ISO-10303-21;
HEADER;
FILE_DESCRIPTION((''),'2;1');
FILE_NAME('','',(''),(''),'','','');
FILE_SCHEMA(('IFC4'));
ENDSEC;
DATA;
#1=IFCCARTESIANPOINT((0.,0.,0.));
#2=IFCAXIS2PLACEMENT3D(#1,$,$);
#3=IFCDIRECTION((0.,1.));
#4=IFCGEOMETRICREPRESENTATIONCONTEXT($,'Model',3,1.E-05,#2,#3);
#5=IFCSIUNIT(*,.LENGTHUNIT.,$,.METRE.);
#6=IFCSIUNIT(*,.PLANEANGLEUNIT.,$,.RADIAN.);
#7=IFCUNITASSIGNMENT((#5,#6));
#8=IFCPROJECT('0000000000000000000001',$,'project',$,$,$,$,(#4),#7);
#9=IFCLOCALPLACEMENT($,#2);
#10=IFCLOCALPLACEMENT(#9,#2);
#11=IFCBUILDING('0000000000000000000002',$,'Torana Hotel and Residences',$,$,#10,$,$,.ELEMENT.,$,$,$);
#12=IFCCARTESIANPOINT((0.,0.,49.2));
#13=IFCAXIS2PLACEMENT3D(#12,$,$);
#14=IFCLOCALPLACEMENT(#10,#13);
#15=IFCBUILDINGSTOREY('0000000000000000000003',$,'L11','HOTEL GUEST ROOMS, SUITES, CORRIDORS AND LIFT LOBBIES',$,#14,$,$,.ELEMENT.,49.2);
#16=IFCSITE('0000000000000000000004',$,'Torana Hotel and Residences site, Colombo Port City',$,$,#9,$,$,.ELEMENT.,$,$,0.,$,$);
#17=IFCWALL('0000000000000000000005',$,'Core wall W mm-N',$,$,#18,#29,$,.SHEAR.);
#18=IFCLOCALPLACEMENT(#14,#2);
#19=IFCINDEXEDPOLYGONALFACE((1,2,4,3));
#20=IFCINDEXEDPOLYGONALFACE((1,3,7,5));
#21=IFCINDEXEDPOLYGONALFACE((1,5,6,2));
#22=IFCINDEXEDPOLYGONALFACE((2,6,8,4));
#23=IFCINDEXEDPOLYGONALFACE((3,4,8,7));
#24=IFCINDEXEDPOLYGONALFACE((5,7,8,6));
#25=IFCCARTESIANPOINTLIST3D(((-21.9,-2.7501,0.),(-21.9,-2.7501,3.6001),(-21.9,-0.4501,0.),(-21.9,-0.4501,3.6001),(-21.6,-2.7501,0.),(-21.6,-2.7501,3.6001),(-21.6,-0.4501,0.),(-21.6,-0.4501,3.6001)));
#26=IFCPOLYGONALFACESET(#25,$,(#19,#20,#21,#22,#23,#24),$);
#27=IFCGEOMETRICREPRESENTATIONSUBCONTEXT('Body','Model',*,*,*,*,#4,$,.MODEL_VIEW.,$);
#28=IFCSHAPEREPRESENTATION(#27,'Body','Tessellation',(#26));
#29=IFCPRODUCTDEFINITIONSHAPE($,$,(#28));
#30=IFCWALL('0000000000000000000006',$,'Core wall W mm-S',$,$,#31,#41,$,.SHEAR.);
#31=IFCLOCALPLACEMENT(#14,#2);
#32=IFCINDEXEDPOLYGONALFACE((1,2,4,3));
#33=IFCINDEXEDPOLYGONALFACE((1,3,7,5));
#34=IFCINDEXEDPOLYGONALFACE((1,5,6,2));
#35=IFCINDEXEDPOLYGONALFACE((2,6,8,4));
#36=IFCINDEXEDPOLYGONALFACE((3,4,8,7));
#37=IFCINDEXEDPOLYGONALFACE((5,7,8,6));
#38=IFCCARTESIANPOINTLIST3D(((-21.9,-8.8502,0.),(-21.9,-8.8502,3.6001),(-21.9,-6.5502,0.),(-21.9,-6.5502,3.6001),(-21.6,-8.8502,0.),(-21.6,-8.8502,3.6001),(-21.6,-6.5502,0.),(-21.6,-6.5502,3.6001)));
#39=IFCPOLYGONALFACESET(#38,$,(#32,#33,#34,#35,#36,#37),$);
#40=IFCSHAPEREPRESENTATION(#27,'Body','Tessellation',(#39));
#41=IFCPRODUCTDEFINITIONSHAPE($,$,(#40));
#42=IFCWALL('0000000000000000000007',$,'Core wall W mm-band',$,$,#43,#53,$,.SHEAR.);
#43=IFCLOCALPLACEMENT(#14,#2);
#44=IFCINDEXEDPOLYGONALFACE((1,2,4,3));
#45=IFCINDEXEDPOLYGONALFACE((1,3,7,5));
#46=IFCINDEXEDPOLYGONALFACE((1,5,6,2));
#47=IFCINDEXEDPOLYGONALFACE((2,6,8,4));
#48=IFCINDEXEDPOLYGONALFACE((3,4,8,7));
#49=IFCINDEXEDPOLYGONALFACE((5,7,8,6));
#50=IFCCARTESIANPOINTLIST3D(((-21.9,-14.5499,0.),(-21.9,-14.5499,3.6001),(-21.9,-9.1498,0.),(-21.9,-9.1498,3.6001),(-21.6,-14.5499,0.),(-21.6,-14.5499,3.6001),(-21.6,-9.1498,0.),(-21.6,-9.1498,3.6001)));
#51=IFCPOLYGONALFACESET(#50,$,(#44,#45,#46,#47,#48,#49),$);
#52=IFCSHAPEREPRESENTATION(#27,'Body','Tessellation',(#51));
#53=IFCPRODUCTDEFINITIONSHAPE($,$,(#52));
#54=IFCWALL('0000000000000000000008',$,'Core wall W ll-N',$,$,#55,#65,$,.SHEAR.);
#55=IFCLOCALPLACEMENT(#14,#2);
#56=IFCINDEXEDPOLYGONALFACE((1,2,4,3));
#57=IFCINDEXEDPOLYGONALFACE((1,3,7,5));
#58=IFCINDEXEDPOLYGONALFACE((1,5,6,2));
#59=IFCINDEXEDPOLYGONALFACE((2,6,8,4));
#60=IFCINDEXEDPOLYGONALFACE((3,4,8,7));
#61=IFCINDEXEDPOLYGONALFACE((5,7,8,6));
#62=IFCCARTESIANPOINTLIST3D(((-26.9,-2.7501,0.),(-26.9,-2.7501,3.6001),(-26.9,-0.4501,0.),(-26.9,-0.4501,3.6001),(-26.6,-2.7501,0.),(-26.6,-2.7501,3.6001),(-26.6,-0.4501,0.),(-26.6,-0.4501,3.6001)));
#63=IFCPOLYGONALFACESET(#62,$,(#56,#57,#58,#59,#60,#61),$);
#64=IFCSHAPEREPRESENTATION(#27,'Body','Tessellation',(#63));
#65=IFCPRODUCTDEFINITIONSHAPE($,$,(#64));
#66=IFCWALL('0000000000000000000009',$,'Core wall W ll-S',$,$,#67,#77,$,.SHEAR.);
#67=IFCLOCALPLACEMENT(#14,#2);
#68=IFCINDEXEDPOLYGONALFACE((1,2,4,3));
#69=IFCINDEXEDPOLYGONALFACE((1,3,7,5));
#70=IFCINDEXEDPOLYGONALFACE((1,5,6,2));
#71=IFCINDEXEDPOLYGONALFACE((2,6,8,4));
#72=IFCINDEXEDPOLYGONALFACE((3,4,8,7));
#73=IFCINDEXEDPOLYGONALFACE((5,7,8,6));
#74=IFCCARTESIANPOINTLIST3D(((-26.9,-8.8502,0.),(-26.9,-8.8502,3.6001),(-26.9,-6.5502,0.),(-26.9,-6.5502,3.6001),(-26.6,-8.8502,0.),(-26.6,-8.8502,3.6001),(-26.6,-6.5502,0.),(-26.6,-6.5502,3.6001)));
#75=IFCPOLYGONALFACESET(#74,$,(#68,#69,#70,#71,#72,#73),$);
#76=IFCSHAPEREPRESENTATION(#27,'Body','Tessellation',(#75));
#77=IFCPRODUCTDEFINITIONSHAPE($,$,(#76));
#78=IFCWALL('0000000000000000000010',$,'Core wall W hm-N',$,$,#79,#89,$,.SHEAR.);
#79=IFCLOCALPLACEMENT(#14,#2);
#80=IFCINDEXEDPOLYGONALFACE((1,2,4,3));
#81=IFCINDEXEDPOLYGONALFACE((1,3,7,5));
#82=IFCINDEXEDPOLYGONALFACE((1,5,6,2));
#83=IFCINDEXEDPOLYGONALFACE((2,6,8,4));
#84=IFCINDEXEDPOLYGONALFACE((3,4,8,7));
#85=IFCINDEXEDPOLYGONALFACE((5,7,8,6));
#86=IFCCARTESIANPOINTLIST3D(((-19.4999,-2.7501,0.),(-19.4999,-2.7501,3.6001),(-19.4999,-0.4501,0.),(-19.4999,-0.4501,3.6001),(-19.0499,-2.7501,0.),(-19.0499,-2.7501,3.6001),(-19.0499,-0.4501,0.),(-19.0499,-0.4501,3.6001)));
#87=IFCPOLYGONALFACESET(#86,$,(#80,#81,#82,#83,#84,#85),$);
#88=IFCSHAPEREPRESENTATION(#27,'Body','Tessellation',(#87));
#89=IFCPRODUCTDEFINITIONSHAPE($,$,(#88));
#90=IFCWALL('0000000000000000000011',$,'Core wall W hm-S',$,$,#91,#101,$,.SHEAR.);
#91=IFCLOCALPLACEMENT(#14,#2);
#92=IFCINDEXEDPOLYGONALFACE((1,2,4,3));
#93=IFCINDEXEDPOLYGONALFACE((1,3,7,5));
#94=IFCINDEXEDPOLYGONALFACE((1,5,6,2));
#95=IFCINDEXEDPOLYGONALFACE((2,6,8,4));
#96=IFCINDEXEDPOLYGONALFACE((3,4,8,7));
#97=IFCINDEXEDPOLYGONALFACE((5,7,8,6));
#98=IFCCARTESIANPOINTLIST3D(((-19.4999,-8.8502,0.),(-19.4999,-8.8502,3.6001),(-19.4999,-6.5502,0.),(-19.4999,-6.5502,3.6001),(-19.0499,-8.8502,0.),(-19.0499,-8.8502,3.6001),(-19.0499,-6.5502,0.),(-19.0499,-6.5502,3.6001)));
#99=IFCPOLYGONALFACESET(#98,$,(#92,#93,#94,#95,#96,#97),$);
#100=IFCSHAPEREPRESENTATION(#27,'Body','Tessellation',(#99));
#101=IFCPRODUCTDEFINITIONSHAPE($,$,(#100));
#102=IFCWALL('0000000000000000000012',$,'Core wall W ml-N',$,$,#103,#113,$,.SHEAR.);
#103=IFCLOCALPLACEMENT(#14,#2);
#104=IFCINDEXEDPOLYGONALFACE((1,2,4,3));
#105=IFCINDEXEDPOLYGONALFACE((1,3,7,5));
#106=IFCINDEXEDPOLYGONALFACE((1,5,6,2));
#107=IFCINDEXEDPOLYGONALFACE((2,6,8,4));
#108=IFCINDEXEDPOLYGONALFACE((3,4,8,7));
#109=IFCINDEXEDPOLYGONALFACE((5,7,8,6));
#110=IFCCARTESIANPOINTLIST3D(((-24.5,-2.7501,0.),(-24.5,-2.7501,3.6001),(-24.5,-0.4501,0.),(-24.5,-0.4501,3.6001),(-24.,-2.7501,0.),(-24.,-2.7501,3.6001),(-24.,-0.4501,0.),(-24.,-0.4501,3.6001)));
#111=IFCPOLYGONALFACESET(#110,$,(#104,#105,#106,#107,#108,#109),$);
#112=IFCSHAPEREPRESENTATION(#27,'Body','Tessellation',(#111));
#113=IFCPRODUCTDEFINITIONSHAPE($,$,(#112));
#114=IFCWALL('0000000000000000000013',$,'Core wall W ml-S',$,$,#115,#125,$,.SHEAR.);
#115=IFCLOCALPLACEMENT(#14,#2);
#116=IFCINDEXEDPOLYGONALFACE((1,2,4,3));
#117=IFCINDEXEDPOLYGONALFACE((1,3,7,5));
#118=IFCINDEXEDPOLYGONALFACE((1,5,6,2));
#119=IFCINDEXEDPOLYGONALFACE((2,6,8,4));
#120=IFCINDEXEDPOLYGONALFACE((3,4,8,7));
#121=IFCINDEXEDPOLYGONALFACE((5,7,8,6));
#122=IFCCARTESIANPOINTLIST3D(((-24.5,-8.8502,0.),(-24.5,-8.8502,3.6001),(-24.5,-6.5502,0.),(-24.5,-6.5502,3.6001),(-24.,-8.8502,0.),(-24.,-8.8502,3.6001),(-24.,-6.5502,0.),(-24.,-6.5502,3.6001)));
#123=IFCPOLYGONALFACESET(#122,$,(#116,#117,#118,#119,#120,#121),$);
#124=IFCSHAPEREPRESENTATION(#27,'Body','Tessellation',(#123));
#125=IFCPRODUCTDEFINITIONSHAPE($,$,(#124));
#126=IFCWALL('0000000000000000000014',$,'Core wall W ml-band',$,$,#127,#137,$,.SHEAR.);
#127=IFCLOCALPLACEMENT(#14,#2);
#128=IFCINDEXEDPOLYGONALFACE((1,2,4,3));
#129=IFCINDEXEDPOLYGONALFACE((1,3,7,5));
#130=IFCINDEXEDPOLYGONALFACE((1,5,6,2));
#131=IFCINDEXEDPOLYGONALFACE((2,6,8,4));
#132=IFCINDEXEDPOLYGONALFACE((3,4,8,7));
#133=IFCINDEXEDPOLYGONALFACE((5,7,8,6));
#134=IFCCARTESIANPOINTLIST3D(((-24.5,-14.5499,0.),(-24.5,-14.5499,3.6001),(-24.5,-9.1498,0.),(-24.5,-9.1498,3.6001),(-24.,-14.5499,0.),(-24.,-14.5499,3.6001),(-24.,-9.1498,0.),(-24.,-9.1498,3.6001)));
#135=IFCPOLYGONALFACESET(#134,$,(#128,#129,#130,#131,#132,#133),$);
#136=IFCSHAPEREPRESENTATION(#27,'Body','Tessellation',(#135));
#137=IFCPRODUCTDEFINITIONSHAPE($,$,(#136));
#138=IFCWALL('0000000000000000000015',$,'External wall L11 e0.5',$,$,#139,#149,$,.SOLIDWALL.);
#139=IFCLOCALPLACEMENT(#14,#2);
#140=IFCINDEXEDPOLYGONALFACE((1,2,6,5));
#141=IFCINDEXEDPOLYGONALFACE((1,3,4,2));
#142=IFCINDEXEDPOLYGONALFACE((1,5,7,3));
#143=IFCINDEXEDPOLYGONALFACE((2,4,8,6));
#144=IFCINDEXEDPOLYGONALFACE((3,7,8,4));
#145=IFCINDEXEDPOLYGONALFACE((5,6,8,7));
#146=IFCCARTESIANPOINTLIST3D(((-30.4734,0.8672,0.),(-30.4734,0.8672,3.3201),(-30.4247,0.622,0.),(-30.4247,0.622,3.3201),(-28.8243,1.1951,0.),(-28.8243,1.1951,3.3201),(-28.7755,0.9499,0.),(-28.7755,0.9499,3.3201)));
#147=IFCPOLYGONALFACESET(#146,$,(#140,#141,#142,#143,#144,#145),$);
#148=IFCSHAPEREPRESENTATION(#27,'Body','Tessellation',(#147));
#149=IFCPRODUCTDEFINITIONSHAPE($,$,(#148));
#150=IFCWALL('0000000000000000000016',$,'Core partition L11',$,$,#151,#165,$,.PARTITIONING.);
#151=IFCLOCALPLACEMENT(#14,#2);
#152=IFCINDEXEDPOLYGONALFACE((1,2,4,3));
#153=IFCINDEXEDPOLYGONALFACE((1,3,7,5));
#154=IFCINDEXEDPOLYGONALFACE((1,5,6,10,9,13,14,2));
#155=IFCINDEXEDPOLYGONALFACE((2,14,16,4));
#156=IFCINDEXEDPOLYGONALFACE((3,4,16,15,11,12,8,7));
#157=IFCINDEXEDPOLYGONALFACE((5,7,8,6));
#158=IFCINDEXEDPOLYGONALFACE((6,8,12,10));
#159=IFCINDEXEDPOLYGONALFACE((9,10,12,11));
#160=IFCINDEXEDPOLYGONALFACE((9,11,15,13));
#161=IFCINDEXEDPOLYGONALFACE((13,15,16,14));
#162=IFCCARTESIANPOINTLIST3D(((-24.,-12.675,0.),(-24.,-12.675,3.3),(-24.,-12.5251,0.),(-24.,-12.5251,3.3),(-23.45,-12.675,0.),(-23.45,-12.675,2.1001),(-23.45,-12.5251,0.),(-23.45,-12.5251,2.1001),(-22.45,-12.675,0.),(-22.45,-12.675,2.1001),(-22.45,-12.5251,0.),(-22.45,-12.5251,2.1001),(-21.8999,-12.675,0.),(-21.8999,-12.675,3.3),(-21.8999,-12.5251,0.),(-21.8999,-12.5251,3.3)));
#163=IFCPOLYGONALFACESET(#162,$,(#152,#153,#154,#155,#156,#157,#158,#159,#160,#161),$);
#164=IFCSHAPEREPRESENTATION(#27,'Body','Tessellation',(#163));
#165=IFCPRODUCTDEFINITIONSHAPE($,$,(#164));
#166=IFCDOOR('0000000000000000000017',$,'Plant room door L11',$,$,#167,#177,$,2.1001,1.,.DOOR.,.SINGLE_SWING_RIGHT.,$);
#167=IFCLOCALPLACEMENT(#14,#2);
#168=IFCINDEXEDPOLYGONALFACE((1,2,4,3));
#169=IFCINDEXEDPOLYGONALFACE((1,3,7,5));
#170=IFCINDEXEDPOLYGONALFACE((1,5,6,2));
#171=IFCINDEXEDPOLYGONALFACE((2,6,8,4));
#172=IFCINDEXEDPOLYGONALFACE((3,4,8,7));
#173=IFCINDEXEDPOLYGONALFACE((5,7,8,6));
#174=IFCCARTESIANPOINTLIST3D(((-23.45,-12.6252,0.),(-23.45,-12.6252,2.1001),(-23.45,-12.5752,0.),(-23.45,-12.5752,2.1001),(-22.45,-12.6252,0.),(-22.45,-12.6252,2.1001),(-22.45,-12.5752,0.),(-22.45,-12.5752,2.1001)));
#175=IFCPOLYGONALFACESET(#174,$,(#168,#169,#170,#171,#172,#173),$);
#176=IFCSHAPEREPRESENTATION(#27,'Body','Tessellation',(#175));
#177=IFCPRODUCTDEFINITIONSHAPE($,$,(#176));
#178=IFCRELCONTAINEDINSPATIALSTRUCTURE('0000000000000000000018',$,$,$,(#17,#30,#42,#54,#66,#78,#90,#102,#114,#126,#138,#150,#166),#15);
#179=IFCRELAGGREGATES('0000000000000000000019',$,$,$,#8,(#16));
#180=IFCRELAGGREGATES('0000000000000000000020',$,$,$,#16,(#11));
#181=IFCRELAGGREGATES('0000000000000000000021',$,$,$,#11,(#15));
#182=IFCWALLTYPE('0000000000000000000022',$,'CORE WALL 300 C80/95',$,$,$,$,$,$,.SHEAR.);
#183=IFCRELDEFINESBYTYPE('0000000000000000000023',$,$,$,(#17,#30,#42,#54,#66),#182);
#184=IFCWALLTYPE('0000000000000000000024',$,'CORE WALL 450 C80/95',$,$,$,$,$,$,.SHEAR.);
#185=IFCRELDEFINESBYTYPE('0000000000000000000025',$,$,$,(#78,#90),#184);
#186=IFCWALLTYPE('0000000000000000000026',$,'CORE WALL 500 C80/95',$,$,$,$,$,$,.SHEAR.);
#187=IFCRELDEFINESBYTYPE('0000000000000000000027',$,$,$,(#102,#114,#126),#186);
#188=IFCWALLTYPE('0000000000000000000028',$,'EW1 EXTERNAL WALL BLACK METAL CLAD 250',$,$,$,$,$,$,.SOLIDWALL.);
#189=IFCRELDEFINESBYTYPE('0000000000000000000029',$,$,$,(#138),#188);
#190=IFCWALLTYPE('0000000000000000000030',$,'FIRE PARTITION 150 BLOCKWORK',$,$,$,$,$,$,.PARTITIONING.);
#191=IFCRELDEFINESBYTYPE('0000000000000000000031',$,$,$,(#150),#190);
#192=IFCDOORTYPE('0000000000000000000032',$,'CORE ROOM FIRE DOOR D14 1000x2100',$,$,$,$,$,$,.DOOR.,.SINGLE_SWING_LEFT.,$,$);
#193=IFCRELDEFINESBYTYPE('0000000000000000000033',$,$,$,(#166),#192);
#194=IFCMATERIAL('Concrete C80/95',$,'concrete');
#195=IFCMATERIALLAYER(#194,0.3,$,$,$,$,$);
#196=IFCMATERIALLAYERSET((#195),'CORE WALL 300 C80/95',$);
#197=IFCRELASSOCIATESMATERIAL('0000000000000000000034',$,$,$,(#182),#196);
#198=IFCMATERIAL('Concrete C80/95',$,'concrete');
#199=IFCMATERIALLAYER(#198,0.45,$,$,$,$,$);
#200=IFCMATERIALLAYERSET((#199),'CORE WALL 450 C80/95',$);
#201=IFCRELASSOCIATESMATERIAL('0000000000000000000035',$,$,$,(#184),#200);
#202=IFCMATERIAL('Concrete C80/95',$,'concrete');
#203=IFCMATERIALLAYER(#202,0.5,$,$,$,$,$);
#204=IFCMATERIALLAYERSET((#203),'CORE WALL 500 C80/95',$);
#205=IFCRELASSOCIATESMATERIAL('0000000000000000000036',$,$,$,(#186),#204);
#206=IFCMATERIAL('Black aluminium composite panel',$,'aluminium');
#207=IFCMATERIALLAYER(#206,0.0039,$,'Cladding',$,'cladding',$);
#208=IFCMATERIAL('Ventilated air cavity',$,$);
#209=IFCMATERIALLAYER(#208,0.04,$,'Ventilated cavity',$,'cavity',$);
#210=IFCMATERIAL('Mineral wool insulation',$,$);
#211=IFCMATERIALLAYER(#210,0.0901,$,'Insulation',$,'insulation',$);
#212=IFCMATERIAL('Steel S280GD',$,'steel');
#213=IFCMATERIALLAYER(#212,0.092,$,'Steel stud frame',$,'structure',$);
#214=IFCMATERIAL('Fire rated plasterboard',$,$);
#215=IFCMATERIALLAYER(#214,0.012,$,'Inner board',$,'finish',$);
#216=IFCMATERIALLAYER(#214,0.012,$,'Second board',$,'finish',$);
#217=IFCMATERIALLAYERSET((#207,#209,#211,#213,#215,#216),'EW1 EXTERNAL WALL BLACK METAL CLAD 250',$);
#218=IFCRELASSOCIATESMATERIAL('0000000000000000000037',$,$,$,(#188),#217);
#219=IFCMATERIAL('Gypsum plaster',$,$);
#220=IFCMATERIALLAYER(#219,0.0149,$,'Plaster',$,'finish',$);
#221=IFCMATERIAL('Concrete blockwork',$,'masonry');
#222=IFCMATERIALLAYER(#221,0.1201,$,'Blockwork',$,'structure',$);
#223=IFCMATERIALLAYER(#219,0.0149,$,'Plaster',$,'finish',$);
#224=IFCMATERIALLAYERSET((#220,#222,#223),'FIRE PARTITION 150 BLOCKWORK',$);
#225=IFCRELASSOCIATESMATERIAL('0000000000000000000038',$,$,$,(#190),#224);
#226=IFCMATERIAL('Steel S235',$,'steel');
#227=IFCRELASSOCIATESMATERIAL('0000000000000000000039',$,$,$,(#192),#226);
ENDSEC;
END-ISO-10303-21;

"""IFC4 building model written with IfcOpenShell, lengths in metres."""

from ifc_helpers import new_model, si_unit, direction, frame, frame_2d, origin, place, context, subcontext, project, spatial, rectangle, extrude, material, layer, layer_set, type_object, element, fill, save


model = new_model("IFC4")

# Units and contexts
model_context = context("Model", 3, precision=1e-05, world=origin(), true_north=direction((0.0, 1.0)))
body_context = subcontext(model_context, "Body", "Model", "MODEL_VIEW")
ifc_project = project(units=[si_unit("LENGTHUNIT", "METRE"), si_unit("PLANEANGLEUNIT", "RADIAN")], contexts=[model_context])

# Site, building, storey
site_placement = place(None, origin())
site = spatial("IfcSite", under=ifc_project, at=site_placement, Name="Torana Hotel and Residences site, Colombo Port City", CompositionType="ELEMENT", RefElevation=0.0)
building_placement = place(site_placement, origin())
building = spatial("IfcBuilding", under=site, at=building_placement, Name="Torana Hotel and Residences", CompositionType="ELEMENT")
storey_placement = place(building_placement, frame((0.0, 0.0, 49.2)))
storey = spatial("IfcBuildingStorey", under=building, at=storey_placement, Name="L11", Description="HOTEL GUEST ROOMS, SUITES, CORRIDORS AND LIFT LOBBIES", CompositionType="ELEMENT", Elevation=49.2)

# Walls
ifc_material_1 = material(Name="Concrete C80/95", Category="concrete")
ifc_layer_1 = layer(ifc_material_1, 0.3)
ifc_layer_set_1 = layer_set([ifc_layer_1], Name="CORE WALL 300 C80/95")
wall_type_1 = type_object("IfcWallType", Name="CORE WALL 300 C80/95", PredefinedType="SHEAR", material=ifc_layer_set_1)
for number, where, z_axis, x_axis, name in (
    (1, (-21.75, -2.75, 0.0), (0.0, 0.0, 1.0), (0.0, 1.0, 0.0), "Core wall W mm-N"),
    (2, (-21.75, -8.8501, 0.0), (0.0, 0.0, 1.0), (0.0, 1.0, 0.0), "Core wall W mm-S"),
):
    element("IfcWall", number, at=place(storey_placement, frame(where, z_axis=z_axis, x_axis=x_axis)), inside=storey, type_object=wall_type_1, Name=name, PredefinedType="SHEAR", context=body_context, shape_type="SweptSolid", body=[
        extrude(rectangle(XDim=2.3, YDim=0.3, at=frame_2d((1.1499, 0.0))), origin(), (0.0, 0.0, 1.0), 3.6001),
    ])
wall_1_placement = place(storey_placement, frame((-21.75, -14.55, 0.0), z_axis=(0.0, 0.0, 1.0), x_axis=(0.0, 1.0, 0.0)))
element("IfcWall", 3, at=wall_1_placement, inside=storey, type_object=wall_type_1, Name="Core wall W mm-band", PredefinedType="SHEAR", context=body_context, shape_type="SweptSolid", body=[
    extrude(rectangle(XDim=5.4001, YDim=0.3, at=frame_2d((2.7002, 0.0))), origin(), (0.0, 0.0, 1.0), 3.6001),
])
for number, where, z_axis, x_axis, name in (
    (4, (-26.75, -2.75, 0.0), (0.0, 0.0, 1.0), (0.0, 1.0, 0.0), "Core wall W ll-N"),
    (5, (-26.75, -8.8501, 0.0), (0.0, 0.0, 1.0), (0.0, 1.0, 0.0), "Core wall W ll-S"),
):
    element("IfcWall", number, at=place(storey_placement, frame(where, z_axis=z_axis, x_axis=x_axis)), inside=storey, type_object=wall_type_1, Name=name, PredefinedType="SHEAR", context=body_context, shape_type="SweptSolid", body=[
        extrude(rectangle(XDim=2.3, YDim=0.3, at=frame_2d((1.1499, 0.0))), origin(), (0.0, 0.0, 1.0), 3.6001),
    ])
ifc_material_2 = material(Name="Concrete C80/95", Category="concrete")
ifc_layer_2 = layer(ifc_material_2, 0.45)
ifc_layer_set_2 = layer_set([ifc_layer_2], Name="CORE WALL 450 C80/95")
wall_type_2 = type_object("IfcWallType", Name="CORE WALL 450 C80/95", PredefinedType="SHEAR", material=ifc_layer_set_2)
for number, where, z_axis, x_axis, name in (
    (6, (-19.2749, -2.75, 0.0), (0.0, 0.0, 1.0), (0.0, 1.0, 0.0), "Core wall W hm-N"),
    (7, (-19.2749, -8.8501, 0.0), (0.0, 0.0, 1.0), (0.0, 1.0, 0.0), "Core wall W hm-S"),
):
    element("IfcWall", number, at=place(storey_placement, frame(where, z_axis=z_axis, x_axis=x_axis)), inside=storey, type_object=wall_type_2, Name=name, PredefinedType="SHEAR", context=body_context, shape_type="SweptSolid", body=[
        extrude(rectangle(XDim=2.3, YDim=0.45, at=frame_2d((1.1499, 0.0))), origin(), (0.0, 0.0, 1.0), 3.6001),
    ])
ifc_material_3 = material(Name="Concrete C80/95", Category="concrete")
ifc_layer_3 = layer(ifc_material_3, 0.5)
ifc_layer_set_3 = layer_set([ifc_layer_3], Name="CORE WALL 500 C80/95")
wall_type_3 = type_object("IfcWallType", Name="CORE WALL 500 C80/95", PredefinedType="SHEAR", material=ifc_layer_set_3)
for number, where, z_axis, x_axis, name in (
    (8, (-24.25, -2.75, 0.0), (0.0, 0.0, 1.0), (0.0, 1.0, 0.0), "Core wall W ml-N"),
    (9, (-24.25, -8.8501, 0.0), (0.0, 0.0, 1.0), (0.0, 1.0, 0.0), "Core wall W ml-S"),
):
    element("IfcWall", number, at=place(storey_placement, frame(where, z_axis=z_axis, x_axis=x_axis)), inside=storey, type_object=wall_type_3, Name=name, PredefinedType="SHEAR", context=body_context, shape_type="SweptSolid", body=[
        extrude(rectangle(XDim=2.3, YDim=0.5, at=frame_2d((1.1499, 0.0))), origin(), (0.0, 0.0, 1.0), 3.6001),
    ])
wall_2_placement = place(storey_placement, frame((-24.25, -14.55, 0.0), z_axis=(0.0, 0.0, 1.0), x_axis=(0.0, 1.0, 0.0)))
element("IfcWall", 10, at=wall_2_placement, inside=storey, type_object=wall_type_3, Name="Core wall W ml-band", PredefinedType="SHEAR", context=body_context, shape_type="SweptSolid", body=[
    extrude(rectangle(XDim=5.4001, YDim=0.5, at=frame_2d((2.7002, 0.0))), origin(), (0.0, 0.0, 1.0), 3.6001),
])
ifc_material_4 = material(Name="Black aluminium composite panel", Category="aluminium")
ifc_layer_4 = layer(ifc_material_4, 0.0039, Name="Cladding", Category="cladding")
ifc_material_5 = material(Name="Ventilated air cavity")
ifc_layer_5 = layer(ifc_material_5, 0.04, Name="Ventilated cavity", Category="cavity")
ifc_material_6 = material(Name="Mineral wool insulation")
ifc_layer_6 = layer(ifc_material_6, 0.0901, Name="Insulation", Category="insulation")
ifc_material_7 = material(Name="Steel S280GD", Category="steel")
ifc_layer_7 = layer(ifc_material_7, 0.092, Name="Steel stud frame", Category="structure")
ifc_material_8 = material(Name="Fire rated plasterboard")
ifc_layer_8 = layer(ifc_material_8, 0.012, Name="Inner board", Category="finish")
ifc_layer_9 = layer(ifc_material_8, 0.012, Name="Second board", Category="finish")
ifc_layer_set_4 = layer_set([ifc_layer_4, ifc_layer_5, ifc_layer_6, ifc_layer_7, ifc_layer_8, ifc_layer_9], Name="EW1 EXTERNAL WALL BLACK METAL CLAD 250")
wall_type_4 = type_object("IfcWallType", Name="EW1 EXTERNAL WALL BLACK METAL CLAD 250", PredefinedType="SOLIDWALL", material=ifc_layer_set_4)
wall_3_placement = place(storey_placement, frame((-28.7998, 1.0725, 0.0), z_axis=(0.0, 0.0, 1.0), x_axis=(-0.980803, -0.194999, 0.0)))
element("IfcWall", 11, at=wall_3_placement, inside=storey, type_object=wall_type_4, Name="External wall L11 e0.5", PredefinedType="SOLIDWALL", context=body_context, shape_type="SweptSolid", body=[
    extrude(rectangle(XDim=1.6814, YDim=0.25, at=frame_2d((0.8408, 0.0))), origin(), (0.0, 0.0, 1.0), 3.3201),
])

# Wall, opening, door
ifc_material_9 = material(Name="Gypsum plaster")
ifc_layer_10 = layer(ifc_material_9, 0.0149, Name="Plaster", Category="finish")
ifc_material_10 = material(Name="Concrete blockwork", Category="masonry")
ifc_layer_11 = layer(ifc_material_10, 0.1201, Name="Blockwork", Category="structure")
ifc_layer_12 = layer(ifc_material_9, 0.0149, Name="Plaster", Category="finish")
ifc_layer_set_5 = layer_set([ifc_layer_10, ifc_layer_11, ifc_layer_12], Name="FIRE PARTITION 150 BLOCKWORK")
wall_type_5 = type_object("IfcWallType", Name="FIRE PARTITION 150 BLOCKWORK", PredefinedType="PARTITIONING", material=ifc_layer_set_5)
wall_4_placement = place(storey_placement, frame((-24.0, -12.6001, 0.0), z_axis=(0.0, 0.0, 1.0), x_axis=(1.0, 0.0, 0.0)))
wall_4 = element("IfcWall", 12, at=wall_4_placement, inside=storey, type_object=wall_type_5, Name="Core partition L11", PredefinedType="PARTITIONING", context=body_context, shape_type="SweptSolid", body=[
    extrude(rectangle(XDim=2.1001, YDim=0.1499, at=frame_2d((1.05, 0.0))), origin(), (0.0, 0.0, 1.0), 3.3),
])
opening_placement = place(wall_4_placement, frame((0.55, 0.0, 0.0)))
opening = element("IfcOpeningElement", 13, at=opening_placement, cuts=wall_4, PredefinedType="OPENING", context=body_context, shape_type="SweptSolid", body=[
    extrude(rectangle(XDim=1.0, YDim=2.1001, at=frame_2d((0.5, 1.05))), frame((0.0, 0.085, 0.0), z_axis=(0.0, -1.0, 0.0), x_axis=(1.0, 0.0, 0.0)), (0.0, 0.0, 1.0), 0.1699),
])
ifc_material_11 = material(Name="Steel S235", Category="steel")
door_type = type_object("IfcDoorType", Name="CORE ROOM FIRE DOOR D14 1000x2100", OperationType="SINGLE_SWING_LEFT", PredefinedType="DOOR", material=ifc_material_11)
door_placement = place(opening_placement, origin())
door = element("IfcDoor", 14, at=door_placement, inside=storey, type_object=door_type, Name="Plant room door L11", OperationType="SINGLE_SWING_RIGHT", OverallHeight=2.1001, OverallWidth=1.0, PredefinedType="DOOR", context=body_context, shape_type="SweptSolid", body=[
    extrude(rectangle(XDim=1.0, YDim=2.1001, at=frame_2d((0.5, 1.05))), frame((0.0, 0.0249, 0.0), z_axis=(0.0, -1.0, 0.0), x_axis=(1.0, 0.0, 0.0)), (0.0, 0.0, 1.0), 0.05),
])
fill(opening, door)

save(model, "model.ifc")
